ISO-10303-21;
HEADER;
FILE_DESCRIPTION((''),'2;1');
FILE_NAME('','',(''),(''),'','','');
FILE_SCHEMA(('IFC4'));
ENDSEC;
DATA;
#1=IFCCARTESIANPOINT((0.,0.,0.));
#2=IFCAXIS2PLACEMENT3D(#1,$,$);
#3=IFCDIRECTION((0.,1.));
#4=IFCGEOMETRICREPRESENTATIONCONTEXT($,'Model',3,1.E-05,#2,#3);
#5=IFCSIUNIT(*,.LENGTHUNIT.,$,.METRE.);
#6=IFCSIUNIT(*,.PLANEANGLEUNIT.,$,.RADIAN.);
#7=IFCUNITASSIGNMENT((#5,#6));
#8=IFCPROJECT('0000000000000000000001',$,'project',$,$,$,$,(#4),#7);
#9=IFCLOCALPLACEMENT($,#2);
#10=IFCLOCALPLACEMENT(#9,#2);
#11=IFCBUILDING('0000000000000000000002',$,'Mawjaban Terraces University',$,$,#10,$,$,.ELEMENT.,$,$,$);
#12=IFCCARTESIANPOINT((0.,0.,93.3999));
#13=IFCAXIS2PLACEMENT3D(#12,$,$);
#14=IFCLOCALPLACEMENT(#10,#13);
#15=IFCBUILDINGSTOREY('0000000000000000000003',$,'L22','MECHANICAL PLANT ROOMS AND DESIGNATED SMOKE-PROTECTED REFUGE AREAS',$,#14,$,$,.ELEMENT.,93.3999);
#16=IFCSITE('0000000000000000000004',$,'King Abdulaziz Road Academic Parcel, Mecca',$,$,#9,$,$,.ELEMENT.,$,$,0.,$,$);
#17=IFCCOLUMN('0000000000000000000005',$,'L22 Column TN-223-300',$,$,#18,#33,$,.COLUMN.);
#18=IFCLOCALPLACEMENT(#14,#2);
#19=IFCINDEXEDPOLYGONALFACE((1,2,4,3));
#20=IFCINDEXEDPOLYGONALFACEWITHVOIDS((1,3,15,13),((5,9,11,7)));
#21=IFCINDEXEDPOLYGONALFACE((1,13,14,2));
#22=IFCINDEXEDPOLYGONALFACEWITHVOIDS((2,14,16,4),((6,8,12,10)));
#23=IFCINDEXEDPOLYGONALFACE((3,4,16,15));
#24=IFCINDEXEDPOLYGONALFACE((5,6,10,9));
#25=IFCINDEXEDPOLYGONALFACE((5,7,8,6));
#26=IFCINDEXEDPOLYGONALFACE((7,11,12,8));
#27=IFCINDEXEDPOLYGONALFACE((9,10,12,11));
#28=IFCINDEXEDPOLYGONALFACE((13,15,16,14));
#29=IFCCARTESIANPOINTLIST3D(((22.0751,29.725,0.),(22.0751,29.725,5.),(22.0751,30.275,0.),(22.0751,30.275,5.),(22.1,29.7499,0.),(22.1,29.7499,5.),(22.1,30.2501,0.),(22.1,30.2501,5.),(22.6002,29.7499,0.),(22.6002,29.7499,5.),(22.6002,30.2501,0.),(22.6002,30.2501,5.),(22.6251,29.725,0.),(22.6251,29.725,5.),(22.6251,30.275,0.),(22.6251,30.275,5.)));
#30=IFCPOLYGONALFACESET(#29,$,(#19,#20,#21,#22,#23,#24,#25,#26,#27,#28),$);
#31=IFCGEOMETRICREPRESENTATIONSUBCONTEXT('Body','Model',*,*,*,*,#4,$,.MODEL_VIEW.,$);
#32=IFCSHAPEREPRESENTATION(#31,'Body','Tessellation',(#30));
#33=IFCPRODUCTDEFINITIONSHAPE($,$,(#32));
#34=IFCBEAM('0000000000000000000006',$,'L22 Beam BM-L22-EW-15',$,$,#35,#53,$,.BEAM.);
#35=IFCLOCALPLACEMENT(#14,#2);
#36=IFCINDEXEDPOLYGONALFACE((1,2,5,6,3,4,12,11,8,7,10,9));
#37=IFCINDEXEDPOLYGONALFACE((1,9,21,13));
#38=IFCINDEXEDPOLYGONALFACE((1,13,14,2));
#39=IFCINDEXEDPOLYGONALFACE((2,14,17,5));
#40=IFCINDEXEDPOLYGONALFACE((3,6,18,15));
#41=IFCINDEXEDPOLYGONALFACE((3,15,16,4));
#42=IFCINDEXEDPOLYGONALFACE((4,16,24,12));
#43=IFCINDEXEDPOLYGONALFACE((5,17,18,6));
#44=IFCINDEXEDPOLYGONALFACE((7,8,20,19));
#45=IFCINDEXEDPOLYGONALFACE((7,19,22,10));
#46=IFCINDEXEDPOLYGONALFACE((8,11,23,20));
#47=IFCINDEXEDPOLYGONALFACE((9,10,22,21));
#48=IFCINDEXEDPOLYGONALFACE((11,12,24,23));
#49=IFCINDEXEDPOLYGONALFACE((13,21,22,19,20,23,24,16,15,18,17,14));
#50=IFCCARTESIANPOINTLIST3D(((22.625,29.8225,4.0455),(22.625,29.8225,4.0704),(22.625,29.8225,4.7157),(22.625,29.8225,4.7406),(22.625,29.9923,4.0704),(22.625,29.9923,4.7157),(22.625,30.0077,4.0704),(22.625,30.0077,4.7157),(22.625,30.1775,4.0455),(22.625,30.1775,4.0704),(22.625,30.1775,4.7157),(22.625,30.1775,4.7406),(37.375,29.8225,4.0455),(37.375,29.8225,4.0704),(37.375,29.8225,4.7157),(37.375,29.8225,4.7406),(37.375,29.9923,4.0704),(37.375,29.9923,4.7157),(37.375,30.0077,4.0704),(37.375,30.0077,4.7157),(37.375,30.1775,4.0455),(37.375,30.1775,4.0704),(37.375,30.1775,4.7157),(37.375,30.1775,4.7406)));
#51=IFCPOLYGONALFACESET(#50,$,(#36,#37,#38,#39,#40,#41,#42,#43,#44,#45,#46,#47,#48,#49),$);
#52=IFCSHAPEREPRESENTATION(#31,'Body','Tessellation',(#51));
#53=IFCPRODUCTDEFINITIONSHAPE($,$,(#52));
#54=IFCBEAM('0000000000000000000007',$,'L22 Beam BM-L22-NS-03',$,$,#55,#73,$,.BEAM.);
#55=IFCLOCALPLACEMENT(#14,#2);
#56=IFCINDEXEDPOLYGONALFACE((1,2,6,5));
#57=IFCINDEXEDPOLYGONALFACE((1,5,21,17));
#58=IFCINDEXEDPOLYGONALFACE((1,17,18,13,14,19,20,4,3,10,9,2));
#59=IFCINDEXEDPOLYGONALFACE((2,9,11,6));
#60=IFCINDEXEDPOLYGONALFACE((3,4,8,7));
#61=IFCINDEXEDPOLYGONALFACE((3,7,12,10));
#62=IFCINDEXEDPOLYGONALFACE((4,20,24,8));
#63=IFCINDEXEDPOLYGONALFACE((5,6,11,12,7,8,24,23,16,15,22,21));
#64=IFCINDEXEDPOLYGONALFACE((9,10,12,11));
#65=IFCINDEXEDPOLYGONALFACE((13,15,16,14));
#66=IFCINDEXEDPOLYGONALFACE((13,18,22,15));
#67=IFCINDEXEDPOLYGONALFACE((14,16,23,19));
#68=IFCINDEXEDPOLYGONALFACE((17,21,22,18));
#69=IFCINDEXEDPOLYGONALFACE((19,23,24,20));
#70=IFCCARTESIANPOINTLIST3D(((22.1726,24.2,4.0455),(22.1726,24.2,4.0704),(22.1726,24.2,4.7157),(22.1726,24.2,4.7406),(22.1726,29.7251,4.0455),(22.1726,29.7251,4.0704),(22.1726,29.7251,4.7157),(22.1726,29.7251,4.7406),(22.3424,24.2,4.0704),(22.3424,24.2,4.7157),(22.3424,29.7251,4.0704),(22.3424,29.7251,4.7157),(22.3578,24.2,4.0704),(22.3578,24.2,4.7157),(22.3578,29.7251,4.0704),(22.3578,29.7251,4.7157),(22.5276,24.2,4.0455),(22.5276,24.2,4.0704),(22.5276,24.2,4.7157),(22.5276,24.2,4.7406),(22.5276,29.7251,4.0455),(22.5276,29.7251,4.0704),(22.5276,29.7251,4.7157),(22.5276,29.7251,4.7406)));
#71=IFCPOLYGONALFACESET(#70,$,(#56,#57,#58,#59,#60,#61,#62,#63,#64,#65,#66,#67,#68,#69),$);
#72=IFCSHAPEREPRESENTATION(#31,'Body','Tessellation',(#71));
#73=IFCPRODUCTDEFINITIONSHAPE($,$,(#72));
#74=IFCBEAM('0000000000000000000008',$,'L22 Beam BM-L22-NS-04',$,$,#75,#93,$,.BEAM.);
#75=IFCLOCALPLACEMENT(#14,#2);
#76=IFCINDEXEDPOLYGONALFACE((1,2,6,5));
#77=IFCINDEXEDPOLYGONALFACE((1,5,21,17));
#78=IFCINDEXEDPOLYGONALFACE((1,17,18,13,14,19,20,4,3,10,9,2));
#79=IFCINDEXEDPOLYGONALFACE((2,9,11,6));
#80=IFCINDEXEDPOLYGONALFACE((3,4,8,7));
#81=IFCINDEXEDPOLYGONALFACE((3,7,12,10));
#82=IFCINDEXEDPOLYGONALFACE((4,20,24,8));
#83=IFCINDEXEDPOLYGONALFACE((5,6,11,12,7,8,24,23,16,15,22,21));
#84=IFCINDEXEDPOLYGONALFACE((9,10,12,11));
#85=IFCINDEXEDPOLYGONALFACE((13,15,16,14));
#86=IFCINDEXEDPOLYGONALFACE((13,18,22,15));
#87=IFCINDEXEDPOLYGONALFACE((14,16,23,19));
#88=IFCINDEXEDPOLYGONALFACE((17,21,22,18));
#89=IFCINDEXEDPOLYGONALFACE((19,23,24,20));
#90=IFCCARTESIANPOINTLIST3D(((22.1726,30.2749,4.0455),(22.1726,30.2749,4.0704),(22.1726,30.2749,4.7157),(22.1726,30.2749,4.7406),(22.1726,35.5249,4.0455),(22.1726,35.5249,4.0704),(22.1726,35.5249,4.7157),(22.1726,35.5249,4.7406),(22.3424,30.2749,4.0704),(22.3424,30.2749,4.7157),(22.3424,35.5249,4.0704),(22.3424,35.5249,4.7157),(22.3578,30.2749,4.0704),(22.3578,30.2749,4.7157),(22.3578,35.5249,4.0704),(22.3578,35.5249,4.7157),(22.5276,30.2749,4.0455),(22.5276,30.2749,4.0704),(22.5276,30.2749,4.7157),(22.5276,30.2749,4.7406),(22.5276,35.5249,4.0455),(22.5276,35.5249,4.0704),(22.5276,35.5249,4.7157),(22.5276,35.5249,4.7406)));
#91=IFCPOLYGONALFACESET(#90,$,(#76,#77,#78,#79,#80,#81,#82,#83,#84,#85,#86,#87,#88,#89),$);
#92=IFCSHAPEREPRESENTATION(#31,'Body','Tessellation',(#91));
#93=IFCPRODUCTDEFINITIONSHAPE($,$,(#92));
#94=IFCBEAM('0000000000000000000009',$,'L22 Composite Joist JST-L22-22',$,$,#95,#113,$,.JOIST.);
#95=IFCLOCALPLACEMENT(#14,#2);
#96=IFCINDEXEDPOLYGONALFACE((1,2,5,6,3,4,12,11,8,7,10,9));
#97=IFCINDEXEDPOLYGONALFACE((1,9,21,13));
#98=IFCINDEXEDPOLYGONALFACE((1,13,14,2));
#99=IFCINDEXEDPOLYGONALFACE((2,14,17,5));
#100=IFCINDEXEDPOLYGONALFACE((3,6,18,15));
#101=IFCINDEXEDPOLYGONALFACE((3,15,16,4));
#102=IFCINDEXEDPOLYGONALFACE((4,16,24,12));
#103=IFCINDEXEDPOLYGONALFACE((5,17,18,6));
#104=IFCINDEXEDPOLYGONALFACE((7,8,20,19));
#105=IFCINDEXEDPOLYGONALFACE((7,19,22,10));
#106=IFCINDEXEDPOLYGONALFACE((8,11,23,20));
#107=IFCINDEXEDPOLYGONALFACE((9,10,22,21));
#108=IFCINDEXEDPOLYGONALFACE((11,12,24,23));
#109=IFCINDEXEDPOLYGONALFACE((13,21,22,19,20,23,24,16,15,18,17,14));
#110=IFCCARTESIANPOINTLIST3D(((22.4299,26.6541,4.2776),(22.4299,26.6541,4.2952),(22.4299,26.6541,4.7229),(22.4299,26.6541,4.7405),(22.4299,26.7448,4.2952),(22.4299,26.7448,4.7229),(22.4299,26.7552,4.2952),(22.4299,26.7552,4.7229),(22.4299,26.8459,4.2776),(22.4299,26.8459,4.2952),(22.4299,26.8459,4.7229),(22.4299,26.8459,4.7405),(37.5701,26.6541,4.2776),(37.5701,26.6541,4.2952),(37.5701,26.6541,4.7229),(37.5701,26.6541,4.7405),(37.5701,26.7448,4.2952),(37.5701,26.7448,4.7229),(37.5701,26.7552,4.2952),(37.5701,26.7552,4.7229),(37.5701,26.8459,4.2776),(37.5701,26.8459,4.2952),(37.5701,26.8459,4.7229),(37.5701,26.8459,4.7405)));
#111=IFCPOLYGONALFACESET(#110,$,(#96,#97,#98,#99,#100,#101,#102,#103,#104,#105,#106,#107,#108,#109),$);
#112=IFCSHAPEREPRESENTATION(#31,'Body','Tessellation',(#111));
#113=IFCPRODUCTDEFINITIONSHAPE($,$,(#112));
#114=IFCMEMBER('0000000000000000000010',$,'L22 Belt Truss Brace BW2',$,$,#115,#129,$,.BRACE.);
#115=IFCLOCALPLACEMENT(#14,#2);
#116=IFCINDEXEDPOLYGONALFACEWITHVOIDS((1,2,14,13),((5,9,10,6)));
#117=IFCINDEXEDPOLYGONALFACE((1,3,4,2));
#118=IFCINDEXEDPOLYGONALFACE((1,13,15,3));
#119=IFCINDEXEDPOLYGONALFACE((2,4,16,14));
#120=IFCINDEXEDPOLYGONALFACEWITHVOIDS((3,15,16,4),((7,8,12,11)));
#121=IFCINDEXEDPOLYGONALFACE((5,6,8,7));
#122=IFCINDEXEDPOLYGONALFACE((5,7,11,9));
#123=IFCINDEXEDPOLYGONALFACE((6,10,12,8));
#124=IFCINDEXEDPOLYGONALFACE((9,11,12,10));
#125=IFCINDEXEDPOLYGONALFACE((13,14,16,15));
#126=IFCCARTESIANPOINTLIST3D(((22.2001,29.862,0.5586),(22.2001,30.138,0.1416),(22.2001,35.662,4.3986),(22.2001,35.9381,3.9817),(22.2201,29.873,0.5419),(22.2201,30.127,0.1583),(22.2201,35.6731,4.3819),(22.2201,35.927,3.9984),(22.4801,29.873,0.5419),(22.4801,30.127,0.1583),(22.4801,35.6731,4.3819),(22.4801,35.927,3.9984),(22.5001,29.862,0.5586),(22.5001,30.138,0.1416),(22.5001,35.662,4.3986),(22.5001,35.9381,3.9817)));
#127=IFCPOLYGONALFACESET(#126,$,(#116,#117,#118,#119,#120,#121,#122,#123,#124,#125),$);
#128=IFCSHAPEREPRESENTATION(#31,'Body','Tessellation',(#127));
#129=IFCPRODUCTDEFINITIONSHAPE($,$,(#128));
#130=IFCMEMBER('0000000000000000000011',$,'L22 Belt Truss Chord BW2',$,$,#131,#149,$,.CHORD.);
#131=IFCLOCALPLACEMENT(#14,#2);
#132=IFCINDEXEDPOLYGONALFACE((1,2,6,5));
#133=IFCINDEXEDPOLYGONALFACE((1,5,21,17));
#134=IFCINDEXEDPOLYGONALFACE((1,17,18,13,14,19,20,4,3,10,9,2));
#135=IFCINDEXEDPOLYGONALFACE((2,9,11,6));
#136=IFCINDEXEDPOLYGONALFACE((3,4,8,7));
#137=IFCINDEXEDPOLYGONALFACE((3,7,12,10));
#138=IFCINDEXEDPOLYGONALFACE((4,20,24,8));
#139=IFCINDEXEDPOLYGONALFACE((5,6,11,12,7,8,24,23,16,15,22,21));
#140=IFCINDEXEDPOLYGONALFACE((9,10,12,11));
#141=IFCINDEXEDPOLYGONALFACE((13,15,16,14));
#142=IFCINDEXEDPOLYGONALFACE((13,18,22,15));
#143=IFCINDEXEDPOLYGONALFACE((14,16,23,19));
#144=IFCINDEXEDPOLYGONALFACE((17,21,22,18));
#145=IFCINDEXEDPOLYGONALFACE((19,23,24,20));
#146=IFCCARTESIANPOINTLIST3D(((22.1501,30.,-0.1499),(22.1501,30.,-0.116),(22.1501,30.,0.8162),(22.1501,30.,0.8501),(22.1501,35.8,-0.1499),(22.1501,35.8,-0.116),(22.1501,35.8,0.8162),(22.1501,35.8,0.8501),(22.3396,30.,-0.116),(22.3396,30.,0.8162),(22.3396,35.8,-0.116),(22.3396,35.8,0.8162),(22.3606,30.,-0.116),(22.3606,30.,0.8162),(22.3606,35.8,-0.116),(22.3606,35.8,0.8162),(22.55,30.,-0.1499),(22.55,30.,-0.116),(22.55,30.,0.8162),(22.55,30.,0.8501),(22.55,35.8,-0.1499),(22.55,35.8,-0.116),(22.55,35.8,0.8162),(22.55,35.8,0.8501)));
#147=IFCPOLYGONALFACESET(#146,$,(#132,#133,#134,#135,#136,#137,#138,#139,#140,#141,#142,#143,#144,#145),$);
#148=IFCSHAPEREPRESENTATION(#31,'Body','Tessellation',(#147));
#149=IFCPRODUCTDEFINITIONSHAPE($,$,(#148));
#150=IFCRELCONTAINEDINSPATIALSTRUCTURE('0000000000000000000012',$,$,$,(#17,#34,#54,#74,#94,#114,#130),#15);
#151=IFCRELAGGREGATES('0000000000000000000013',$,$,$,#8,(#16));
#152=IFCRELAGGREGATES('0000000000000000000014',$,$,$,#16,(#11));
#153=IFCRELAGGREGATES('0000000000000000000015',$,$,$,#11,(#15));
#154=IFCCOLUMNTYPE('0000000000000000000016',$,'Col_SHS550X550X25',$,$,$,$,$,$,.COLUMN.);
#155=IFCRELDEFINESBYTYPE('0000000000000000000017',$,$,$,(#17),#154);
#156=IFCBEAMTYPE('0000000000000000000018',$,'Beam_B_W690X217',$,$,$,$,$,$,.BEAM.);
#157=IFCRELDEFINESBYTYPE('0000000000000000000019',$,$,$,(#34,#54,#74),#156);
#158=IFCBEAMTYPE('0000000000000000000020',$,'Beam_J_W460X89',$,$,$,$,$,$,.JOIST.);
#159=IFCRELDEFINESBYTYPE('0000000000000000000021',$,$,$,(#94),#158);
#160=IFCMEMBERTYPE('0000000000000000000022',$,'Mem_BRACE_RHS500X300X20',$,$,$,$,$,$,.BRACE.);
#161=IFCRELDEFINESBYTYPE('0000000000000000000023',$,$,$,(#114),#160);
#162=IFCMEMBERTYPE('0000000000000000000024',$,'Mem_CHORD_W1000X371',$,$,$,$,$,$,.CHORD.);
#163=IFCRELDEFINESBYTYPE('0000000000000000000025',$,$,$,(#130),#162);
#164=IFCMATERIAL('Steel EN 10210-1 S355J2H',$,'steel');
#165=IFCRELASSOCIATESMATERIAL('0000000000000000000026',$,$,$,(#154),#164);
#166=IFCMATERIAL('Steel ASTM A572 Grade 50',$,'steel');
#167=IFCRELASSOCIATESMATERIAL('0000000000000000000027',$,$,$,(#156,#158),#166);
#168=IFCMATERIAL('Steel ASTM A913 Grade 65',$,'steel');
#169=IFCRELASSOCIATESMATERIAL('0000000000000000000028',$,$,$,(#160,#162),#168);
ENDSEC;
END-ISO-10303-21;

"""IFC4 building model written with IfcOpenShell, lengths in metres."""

from ifc_helpers import new_model, si_unit, direction, frame, origin, origin_2d, place, context, subcontext, project, spatial, hollow_rectangle, i_section, extrude, material, material_profile, profile_set, type_object, element, save


model = new_model("IFC4")

# Units and contexts
model_context = context("Model", 3, precision=1e-05, world=origin(), true_north=direction((0.0, 1.0)))
body_context = subcontext(model_context, "Body", "Model", "MODEL_VIEW")
ifc_project = project(units=[si_unit("LENGTHUNIT", "METRE"), si_unit("PLANEANGLEUNIT", "RADIAN")], contexts=[model_context])

# Site, building, storey
site_placement = place(None, origin())
site = spatial("IfcSite", under=ifc_project, at=site_placement, Name="King Abdulaziz Road Academic Parcel, Mecca", CompositionType="ELEMENT", RefElevation=0.0)
building_placement = place(site_placement, origin())
building = spatial("IfcBuilding", under=site, at=building_placement, Name="Mawjaban Terraces University", CompositionType="ELEMENT")
storey_placement = place(building_placement, frame((0.0, 0.0, 93.3999)))
storey = spatial("IfcBuildingStorey", under=building, at=storey_placement, Name="L22", Description="MECHANICAL PLANT ROOMS AND DESIGNATED SMOKE-PROTECTED REFUGE AREAS", CompositionType="ELEMENT", Elevation=93.3999)

# Column
ifc_material_1 = material(Name="Steel EN 10210-1 S355J2H", Category="steel")
ifc_material_profile_1 = material_profile(ifc_material_1, hollow_rectangle(XDim=0.55, YDim=0.55, WallThickness=0.0249, at=origin_2d()), Name="SHS550X550X25")
ifc_profile_set_1 = profile_set([ifc_material_profile_1], Name="Steel EN 10210-1 S355J2H")
column_type = type_object("IfcColumnType", Name="Col_SHS550X550X25", PredefinedType="COLUMN", material=ifc_profile_set_1)
column_placement = place(storey_placement, frame((22.3501, 30.0, 0.0), z_axis=(0.0, 0.0, 1.0), x_axis=(1.0, 0.0, 0.0)))
element("IfcColumn", 1, at=column_placement, inside=storey, type_object=column_type, Name="L22 Column TN-223-300", PredefinedType="COLUMN", context=body_context, shape_type="SweptSolid", body=[
    extrude(hollow_rectangle(XDim=0.55, YDim=0.55, WallThickness=0.0249, at=origin_2d()), origin(), (0.0, 0.0, 1.0), 5.0),
])

# Beams
ifc_material_2 = material(Name="Steel ASTM A572 Grade 50", Category="steel")
ifc_material_profile_2 = material_profile(ifc_material_2, i_section(OverallWidth=0.355, OverallDepth=0.6951, WebThickness=0.0154, FlangeThickness=0.0249, at=origin_2d()), Name="W690X217")
ifc_profile_set_2 = profile_set([ifc_material_profile_2], Name="Steel ASTM A572 Grade 50")
beam_type_1 = type_object("IfcBeamType", Name="Beam_B_W690X217", PredefinedType="BEAM", material=ifc_profile_set_2)
beam_1_placement = place(storey_placement, frame((22.625, 30.0, 4.3931), z_axis=(1.0, 0.0, 0.0), x_axis=(0.0, 1.0, 0.0)))
element("IfcBeam", 2, at=beam_1_placement, inside=storey, type_object=beam_type_1, Name="L22 Beam BM-L22-EW-15", PredefinedType="BEAM", context=body_context, shape_type="SweptSolid", body=[
    extrude(i_section(OverallWidth=0.355, OverallDepth=0.6951, WebThickness=0.0154, FlangeThickness=0.0249, at=origin_2d()), origin(), (0.0, 0.0, 1.0), 14.75),
])
beam_2_placement = place(storey_placement, frame((22.3501, 24.2, 4.3931), z_axis=(0.0, 1.0, 0.0), x_axis=(-1.0, 0.0, 0.0)))
element("IfcBeam", 3, at=beam_2_placement, inside=storey, type_object=beam_type_1, Name="L22 Beam BM-L22-NS-03", PredefinedType="BEAM", context=body_context, shape_type="SweptSolid", body=[
    extrude(i_section(OverallWidth=0.355, OverallDepth=0.6951, WebThickness=0.0154, FlangeThickness=0.0249, at=origin_2d()), origin(), (0.0, 0.0, 1.0), 5.5251),
])
beam_3_placement = place(storey_placement, frame((22.3501, 30.2749, 4.3931), z_axis=(0.0, 1.0, 0.0), x_axis=(-1.0, 0.0, 0.0)))
element("IfcBeam", 4, at=beam_3_placement, inside=storey, type_object=beam_type_1, Name="L22 Beam BM-L22-NS-04", PredefinedType="BEAM", context=body_context, shape_type="SweptSolid", body=[
    extrude(i_section(OverallWidth=0.355, OverallDepth=0.6951, WebThickness=0.0154, FlangeThickness=0.0249, at=origin_2d()), origin(), (0.0, 0.0, 1.0), 5.25),
])
ifc_material_profile_3 = material_profile(ifc_material_2, i_section(OverallWidth=0.1919, OverallDepth=0.4629, WebThickness=0.0105, FlangeThickness=0.0176, at=origin_2d()), Name="W460X89")
ifc_profile_set_3 = profile_set([ifc_material_profile_3], Name="Steel ASTM A572 Grade 50")
beam_type_2 = type_object("IfcBeamType", Name="Beam_J_W460X89", PredefinedType="JOIST", material=ifc_profile_set_3)
beam_4_placement = place(storey_placement, frame((22.4299, 26.75, 4.509), z_axis=(1.0, 0.0, 0.0), x_axis=(0.0, 1.0, 0.0)))
element("IfcBeam", 5, at=beam_4_placement, inside=storey, type_object=beam_type_2, Name="L22 Composite Joist JST-L22-22", PredefinedType="JOIST", context=body_context, shape_type="SweptSolid", body=[
    extrude(i_section(OverallWidth=0.1919, OverallDepth=0.4629, WebThickness=0.0105, FlangeThickness=0.0176, at=origin_2d()), origin(), (0.0, 0.0, 1.0), 15.1401),
])

# Members
ifc_material_3 = material(Name="Steel ASTM A913 Grade 65", Category="steel")
ifc_material_profile_4 = material_profile(ifc_material_3, hollow_rectangle(XDim=0.3, YDim=0.5, WallThickness=0.02, at=origin_2d()), Name="RHS500X300X20")
ifc_profile_set_4 = profile_set([ifc_material_profile_4], Name="Steel ASTM A913 Grade 65")
member_type_1 = type_object("IfcMemberType", Name="Mem_BRACE_RHS500X300X20", PredefinedType="BRACE", material=ifc_profile_set_4)
member_1_placement = place(storey_placement, frame((22.3501, 30.0, 0.3501), z_axis=(0.0, 0.833812, 0.552049), x_axis=(-1.0, 0.0, 0.0)))
element("IfcMember", 6, at=member_1_placement, inside=storey, type_object=member_type_1, Name="L22 Belt Truss Brace BW2", PredefinedType="BRACE", context=body_context, shape_type="SweptSolid", body=[
    extrude(hollow_rectangle(XDim=0.3, YDim=0.5, WallThickness=0.02, at=origin_2d()), origin(), (0.0, 0.0, 1.0), 6.9561),
])
ifc_material_profile_5 = material_profile(ifc_material_3, i_section(OverallWidth=0.3999, OverallDepth=1.0, WebThickness=0.021, FlangeThickness=0.0339, at=origin_2d()), Name="W1000X371")
ifc_profile_set_5 = profile_set([ifc_material_profile_5], Name="Steel ASTM A913 Grade 65")
member_type_2 = type_object("IfcMemberType", Name="Mem_CHORD_W1000X371", PredefinedType="CHORD", material=ifc_profile_set_5)
member_2_placement = place(storey_placement, frame((22.3501, 30.0, 0.3501), z_axis=(0.0, 1.0, 0.0), x_axis=(-1.0, 0.0, 0.0)))
element("IfcMember", 7, at=member_2_placement, inside=storey, type_object=member_type_2, Name="L22 Belt Truss Chord BW2", PredefinedType="CHORD", context=body_context, shape_type="SweptSolid", body=[
    extrude(i_section(OverallWidth=0.3999, OverallDepth=1.0, WebThickness=0.021, FlangeThickness=0.0339, at=origin_2d()), origin(), (0.0, 0.0, 1.0), 5.8),
])

save(model, "model.ifc")
